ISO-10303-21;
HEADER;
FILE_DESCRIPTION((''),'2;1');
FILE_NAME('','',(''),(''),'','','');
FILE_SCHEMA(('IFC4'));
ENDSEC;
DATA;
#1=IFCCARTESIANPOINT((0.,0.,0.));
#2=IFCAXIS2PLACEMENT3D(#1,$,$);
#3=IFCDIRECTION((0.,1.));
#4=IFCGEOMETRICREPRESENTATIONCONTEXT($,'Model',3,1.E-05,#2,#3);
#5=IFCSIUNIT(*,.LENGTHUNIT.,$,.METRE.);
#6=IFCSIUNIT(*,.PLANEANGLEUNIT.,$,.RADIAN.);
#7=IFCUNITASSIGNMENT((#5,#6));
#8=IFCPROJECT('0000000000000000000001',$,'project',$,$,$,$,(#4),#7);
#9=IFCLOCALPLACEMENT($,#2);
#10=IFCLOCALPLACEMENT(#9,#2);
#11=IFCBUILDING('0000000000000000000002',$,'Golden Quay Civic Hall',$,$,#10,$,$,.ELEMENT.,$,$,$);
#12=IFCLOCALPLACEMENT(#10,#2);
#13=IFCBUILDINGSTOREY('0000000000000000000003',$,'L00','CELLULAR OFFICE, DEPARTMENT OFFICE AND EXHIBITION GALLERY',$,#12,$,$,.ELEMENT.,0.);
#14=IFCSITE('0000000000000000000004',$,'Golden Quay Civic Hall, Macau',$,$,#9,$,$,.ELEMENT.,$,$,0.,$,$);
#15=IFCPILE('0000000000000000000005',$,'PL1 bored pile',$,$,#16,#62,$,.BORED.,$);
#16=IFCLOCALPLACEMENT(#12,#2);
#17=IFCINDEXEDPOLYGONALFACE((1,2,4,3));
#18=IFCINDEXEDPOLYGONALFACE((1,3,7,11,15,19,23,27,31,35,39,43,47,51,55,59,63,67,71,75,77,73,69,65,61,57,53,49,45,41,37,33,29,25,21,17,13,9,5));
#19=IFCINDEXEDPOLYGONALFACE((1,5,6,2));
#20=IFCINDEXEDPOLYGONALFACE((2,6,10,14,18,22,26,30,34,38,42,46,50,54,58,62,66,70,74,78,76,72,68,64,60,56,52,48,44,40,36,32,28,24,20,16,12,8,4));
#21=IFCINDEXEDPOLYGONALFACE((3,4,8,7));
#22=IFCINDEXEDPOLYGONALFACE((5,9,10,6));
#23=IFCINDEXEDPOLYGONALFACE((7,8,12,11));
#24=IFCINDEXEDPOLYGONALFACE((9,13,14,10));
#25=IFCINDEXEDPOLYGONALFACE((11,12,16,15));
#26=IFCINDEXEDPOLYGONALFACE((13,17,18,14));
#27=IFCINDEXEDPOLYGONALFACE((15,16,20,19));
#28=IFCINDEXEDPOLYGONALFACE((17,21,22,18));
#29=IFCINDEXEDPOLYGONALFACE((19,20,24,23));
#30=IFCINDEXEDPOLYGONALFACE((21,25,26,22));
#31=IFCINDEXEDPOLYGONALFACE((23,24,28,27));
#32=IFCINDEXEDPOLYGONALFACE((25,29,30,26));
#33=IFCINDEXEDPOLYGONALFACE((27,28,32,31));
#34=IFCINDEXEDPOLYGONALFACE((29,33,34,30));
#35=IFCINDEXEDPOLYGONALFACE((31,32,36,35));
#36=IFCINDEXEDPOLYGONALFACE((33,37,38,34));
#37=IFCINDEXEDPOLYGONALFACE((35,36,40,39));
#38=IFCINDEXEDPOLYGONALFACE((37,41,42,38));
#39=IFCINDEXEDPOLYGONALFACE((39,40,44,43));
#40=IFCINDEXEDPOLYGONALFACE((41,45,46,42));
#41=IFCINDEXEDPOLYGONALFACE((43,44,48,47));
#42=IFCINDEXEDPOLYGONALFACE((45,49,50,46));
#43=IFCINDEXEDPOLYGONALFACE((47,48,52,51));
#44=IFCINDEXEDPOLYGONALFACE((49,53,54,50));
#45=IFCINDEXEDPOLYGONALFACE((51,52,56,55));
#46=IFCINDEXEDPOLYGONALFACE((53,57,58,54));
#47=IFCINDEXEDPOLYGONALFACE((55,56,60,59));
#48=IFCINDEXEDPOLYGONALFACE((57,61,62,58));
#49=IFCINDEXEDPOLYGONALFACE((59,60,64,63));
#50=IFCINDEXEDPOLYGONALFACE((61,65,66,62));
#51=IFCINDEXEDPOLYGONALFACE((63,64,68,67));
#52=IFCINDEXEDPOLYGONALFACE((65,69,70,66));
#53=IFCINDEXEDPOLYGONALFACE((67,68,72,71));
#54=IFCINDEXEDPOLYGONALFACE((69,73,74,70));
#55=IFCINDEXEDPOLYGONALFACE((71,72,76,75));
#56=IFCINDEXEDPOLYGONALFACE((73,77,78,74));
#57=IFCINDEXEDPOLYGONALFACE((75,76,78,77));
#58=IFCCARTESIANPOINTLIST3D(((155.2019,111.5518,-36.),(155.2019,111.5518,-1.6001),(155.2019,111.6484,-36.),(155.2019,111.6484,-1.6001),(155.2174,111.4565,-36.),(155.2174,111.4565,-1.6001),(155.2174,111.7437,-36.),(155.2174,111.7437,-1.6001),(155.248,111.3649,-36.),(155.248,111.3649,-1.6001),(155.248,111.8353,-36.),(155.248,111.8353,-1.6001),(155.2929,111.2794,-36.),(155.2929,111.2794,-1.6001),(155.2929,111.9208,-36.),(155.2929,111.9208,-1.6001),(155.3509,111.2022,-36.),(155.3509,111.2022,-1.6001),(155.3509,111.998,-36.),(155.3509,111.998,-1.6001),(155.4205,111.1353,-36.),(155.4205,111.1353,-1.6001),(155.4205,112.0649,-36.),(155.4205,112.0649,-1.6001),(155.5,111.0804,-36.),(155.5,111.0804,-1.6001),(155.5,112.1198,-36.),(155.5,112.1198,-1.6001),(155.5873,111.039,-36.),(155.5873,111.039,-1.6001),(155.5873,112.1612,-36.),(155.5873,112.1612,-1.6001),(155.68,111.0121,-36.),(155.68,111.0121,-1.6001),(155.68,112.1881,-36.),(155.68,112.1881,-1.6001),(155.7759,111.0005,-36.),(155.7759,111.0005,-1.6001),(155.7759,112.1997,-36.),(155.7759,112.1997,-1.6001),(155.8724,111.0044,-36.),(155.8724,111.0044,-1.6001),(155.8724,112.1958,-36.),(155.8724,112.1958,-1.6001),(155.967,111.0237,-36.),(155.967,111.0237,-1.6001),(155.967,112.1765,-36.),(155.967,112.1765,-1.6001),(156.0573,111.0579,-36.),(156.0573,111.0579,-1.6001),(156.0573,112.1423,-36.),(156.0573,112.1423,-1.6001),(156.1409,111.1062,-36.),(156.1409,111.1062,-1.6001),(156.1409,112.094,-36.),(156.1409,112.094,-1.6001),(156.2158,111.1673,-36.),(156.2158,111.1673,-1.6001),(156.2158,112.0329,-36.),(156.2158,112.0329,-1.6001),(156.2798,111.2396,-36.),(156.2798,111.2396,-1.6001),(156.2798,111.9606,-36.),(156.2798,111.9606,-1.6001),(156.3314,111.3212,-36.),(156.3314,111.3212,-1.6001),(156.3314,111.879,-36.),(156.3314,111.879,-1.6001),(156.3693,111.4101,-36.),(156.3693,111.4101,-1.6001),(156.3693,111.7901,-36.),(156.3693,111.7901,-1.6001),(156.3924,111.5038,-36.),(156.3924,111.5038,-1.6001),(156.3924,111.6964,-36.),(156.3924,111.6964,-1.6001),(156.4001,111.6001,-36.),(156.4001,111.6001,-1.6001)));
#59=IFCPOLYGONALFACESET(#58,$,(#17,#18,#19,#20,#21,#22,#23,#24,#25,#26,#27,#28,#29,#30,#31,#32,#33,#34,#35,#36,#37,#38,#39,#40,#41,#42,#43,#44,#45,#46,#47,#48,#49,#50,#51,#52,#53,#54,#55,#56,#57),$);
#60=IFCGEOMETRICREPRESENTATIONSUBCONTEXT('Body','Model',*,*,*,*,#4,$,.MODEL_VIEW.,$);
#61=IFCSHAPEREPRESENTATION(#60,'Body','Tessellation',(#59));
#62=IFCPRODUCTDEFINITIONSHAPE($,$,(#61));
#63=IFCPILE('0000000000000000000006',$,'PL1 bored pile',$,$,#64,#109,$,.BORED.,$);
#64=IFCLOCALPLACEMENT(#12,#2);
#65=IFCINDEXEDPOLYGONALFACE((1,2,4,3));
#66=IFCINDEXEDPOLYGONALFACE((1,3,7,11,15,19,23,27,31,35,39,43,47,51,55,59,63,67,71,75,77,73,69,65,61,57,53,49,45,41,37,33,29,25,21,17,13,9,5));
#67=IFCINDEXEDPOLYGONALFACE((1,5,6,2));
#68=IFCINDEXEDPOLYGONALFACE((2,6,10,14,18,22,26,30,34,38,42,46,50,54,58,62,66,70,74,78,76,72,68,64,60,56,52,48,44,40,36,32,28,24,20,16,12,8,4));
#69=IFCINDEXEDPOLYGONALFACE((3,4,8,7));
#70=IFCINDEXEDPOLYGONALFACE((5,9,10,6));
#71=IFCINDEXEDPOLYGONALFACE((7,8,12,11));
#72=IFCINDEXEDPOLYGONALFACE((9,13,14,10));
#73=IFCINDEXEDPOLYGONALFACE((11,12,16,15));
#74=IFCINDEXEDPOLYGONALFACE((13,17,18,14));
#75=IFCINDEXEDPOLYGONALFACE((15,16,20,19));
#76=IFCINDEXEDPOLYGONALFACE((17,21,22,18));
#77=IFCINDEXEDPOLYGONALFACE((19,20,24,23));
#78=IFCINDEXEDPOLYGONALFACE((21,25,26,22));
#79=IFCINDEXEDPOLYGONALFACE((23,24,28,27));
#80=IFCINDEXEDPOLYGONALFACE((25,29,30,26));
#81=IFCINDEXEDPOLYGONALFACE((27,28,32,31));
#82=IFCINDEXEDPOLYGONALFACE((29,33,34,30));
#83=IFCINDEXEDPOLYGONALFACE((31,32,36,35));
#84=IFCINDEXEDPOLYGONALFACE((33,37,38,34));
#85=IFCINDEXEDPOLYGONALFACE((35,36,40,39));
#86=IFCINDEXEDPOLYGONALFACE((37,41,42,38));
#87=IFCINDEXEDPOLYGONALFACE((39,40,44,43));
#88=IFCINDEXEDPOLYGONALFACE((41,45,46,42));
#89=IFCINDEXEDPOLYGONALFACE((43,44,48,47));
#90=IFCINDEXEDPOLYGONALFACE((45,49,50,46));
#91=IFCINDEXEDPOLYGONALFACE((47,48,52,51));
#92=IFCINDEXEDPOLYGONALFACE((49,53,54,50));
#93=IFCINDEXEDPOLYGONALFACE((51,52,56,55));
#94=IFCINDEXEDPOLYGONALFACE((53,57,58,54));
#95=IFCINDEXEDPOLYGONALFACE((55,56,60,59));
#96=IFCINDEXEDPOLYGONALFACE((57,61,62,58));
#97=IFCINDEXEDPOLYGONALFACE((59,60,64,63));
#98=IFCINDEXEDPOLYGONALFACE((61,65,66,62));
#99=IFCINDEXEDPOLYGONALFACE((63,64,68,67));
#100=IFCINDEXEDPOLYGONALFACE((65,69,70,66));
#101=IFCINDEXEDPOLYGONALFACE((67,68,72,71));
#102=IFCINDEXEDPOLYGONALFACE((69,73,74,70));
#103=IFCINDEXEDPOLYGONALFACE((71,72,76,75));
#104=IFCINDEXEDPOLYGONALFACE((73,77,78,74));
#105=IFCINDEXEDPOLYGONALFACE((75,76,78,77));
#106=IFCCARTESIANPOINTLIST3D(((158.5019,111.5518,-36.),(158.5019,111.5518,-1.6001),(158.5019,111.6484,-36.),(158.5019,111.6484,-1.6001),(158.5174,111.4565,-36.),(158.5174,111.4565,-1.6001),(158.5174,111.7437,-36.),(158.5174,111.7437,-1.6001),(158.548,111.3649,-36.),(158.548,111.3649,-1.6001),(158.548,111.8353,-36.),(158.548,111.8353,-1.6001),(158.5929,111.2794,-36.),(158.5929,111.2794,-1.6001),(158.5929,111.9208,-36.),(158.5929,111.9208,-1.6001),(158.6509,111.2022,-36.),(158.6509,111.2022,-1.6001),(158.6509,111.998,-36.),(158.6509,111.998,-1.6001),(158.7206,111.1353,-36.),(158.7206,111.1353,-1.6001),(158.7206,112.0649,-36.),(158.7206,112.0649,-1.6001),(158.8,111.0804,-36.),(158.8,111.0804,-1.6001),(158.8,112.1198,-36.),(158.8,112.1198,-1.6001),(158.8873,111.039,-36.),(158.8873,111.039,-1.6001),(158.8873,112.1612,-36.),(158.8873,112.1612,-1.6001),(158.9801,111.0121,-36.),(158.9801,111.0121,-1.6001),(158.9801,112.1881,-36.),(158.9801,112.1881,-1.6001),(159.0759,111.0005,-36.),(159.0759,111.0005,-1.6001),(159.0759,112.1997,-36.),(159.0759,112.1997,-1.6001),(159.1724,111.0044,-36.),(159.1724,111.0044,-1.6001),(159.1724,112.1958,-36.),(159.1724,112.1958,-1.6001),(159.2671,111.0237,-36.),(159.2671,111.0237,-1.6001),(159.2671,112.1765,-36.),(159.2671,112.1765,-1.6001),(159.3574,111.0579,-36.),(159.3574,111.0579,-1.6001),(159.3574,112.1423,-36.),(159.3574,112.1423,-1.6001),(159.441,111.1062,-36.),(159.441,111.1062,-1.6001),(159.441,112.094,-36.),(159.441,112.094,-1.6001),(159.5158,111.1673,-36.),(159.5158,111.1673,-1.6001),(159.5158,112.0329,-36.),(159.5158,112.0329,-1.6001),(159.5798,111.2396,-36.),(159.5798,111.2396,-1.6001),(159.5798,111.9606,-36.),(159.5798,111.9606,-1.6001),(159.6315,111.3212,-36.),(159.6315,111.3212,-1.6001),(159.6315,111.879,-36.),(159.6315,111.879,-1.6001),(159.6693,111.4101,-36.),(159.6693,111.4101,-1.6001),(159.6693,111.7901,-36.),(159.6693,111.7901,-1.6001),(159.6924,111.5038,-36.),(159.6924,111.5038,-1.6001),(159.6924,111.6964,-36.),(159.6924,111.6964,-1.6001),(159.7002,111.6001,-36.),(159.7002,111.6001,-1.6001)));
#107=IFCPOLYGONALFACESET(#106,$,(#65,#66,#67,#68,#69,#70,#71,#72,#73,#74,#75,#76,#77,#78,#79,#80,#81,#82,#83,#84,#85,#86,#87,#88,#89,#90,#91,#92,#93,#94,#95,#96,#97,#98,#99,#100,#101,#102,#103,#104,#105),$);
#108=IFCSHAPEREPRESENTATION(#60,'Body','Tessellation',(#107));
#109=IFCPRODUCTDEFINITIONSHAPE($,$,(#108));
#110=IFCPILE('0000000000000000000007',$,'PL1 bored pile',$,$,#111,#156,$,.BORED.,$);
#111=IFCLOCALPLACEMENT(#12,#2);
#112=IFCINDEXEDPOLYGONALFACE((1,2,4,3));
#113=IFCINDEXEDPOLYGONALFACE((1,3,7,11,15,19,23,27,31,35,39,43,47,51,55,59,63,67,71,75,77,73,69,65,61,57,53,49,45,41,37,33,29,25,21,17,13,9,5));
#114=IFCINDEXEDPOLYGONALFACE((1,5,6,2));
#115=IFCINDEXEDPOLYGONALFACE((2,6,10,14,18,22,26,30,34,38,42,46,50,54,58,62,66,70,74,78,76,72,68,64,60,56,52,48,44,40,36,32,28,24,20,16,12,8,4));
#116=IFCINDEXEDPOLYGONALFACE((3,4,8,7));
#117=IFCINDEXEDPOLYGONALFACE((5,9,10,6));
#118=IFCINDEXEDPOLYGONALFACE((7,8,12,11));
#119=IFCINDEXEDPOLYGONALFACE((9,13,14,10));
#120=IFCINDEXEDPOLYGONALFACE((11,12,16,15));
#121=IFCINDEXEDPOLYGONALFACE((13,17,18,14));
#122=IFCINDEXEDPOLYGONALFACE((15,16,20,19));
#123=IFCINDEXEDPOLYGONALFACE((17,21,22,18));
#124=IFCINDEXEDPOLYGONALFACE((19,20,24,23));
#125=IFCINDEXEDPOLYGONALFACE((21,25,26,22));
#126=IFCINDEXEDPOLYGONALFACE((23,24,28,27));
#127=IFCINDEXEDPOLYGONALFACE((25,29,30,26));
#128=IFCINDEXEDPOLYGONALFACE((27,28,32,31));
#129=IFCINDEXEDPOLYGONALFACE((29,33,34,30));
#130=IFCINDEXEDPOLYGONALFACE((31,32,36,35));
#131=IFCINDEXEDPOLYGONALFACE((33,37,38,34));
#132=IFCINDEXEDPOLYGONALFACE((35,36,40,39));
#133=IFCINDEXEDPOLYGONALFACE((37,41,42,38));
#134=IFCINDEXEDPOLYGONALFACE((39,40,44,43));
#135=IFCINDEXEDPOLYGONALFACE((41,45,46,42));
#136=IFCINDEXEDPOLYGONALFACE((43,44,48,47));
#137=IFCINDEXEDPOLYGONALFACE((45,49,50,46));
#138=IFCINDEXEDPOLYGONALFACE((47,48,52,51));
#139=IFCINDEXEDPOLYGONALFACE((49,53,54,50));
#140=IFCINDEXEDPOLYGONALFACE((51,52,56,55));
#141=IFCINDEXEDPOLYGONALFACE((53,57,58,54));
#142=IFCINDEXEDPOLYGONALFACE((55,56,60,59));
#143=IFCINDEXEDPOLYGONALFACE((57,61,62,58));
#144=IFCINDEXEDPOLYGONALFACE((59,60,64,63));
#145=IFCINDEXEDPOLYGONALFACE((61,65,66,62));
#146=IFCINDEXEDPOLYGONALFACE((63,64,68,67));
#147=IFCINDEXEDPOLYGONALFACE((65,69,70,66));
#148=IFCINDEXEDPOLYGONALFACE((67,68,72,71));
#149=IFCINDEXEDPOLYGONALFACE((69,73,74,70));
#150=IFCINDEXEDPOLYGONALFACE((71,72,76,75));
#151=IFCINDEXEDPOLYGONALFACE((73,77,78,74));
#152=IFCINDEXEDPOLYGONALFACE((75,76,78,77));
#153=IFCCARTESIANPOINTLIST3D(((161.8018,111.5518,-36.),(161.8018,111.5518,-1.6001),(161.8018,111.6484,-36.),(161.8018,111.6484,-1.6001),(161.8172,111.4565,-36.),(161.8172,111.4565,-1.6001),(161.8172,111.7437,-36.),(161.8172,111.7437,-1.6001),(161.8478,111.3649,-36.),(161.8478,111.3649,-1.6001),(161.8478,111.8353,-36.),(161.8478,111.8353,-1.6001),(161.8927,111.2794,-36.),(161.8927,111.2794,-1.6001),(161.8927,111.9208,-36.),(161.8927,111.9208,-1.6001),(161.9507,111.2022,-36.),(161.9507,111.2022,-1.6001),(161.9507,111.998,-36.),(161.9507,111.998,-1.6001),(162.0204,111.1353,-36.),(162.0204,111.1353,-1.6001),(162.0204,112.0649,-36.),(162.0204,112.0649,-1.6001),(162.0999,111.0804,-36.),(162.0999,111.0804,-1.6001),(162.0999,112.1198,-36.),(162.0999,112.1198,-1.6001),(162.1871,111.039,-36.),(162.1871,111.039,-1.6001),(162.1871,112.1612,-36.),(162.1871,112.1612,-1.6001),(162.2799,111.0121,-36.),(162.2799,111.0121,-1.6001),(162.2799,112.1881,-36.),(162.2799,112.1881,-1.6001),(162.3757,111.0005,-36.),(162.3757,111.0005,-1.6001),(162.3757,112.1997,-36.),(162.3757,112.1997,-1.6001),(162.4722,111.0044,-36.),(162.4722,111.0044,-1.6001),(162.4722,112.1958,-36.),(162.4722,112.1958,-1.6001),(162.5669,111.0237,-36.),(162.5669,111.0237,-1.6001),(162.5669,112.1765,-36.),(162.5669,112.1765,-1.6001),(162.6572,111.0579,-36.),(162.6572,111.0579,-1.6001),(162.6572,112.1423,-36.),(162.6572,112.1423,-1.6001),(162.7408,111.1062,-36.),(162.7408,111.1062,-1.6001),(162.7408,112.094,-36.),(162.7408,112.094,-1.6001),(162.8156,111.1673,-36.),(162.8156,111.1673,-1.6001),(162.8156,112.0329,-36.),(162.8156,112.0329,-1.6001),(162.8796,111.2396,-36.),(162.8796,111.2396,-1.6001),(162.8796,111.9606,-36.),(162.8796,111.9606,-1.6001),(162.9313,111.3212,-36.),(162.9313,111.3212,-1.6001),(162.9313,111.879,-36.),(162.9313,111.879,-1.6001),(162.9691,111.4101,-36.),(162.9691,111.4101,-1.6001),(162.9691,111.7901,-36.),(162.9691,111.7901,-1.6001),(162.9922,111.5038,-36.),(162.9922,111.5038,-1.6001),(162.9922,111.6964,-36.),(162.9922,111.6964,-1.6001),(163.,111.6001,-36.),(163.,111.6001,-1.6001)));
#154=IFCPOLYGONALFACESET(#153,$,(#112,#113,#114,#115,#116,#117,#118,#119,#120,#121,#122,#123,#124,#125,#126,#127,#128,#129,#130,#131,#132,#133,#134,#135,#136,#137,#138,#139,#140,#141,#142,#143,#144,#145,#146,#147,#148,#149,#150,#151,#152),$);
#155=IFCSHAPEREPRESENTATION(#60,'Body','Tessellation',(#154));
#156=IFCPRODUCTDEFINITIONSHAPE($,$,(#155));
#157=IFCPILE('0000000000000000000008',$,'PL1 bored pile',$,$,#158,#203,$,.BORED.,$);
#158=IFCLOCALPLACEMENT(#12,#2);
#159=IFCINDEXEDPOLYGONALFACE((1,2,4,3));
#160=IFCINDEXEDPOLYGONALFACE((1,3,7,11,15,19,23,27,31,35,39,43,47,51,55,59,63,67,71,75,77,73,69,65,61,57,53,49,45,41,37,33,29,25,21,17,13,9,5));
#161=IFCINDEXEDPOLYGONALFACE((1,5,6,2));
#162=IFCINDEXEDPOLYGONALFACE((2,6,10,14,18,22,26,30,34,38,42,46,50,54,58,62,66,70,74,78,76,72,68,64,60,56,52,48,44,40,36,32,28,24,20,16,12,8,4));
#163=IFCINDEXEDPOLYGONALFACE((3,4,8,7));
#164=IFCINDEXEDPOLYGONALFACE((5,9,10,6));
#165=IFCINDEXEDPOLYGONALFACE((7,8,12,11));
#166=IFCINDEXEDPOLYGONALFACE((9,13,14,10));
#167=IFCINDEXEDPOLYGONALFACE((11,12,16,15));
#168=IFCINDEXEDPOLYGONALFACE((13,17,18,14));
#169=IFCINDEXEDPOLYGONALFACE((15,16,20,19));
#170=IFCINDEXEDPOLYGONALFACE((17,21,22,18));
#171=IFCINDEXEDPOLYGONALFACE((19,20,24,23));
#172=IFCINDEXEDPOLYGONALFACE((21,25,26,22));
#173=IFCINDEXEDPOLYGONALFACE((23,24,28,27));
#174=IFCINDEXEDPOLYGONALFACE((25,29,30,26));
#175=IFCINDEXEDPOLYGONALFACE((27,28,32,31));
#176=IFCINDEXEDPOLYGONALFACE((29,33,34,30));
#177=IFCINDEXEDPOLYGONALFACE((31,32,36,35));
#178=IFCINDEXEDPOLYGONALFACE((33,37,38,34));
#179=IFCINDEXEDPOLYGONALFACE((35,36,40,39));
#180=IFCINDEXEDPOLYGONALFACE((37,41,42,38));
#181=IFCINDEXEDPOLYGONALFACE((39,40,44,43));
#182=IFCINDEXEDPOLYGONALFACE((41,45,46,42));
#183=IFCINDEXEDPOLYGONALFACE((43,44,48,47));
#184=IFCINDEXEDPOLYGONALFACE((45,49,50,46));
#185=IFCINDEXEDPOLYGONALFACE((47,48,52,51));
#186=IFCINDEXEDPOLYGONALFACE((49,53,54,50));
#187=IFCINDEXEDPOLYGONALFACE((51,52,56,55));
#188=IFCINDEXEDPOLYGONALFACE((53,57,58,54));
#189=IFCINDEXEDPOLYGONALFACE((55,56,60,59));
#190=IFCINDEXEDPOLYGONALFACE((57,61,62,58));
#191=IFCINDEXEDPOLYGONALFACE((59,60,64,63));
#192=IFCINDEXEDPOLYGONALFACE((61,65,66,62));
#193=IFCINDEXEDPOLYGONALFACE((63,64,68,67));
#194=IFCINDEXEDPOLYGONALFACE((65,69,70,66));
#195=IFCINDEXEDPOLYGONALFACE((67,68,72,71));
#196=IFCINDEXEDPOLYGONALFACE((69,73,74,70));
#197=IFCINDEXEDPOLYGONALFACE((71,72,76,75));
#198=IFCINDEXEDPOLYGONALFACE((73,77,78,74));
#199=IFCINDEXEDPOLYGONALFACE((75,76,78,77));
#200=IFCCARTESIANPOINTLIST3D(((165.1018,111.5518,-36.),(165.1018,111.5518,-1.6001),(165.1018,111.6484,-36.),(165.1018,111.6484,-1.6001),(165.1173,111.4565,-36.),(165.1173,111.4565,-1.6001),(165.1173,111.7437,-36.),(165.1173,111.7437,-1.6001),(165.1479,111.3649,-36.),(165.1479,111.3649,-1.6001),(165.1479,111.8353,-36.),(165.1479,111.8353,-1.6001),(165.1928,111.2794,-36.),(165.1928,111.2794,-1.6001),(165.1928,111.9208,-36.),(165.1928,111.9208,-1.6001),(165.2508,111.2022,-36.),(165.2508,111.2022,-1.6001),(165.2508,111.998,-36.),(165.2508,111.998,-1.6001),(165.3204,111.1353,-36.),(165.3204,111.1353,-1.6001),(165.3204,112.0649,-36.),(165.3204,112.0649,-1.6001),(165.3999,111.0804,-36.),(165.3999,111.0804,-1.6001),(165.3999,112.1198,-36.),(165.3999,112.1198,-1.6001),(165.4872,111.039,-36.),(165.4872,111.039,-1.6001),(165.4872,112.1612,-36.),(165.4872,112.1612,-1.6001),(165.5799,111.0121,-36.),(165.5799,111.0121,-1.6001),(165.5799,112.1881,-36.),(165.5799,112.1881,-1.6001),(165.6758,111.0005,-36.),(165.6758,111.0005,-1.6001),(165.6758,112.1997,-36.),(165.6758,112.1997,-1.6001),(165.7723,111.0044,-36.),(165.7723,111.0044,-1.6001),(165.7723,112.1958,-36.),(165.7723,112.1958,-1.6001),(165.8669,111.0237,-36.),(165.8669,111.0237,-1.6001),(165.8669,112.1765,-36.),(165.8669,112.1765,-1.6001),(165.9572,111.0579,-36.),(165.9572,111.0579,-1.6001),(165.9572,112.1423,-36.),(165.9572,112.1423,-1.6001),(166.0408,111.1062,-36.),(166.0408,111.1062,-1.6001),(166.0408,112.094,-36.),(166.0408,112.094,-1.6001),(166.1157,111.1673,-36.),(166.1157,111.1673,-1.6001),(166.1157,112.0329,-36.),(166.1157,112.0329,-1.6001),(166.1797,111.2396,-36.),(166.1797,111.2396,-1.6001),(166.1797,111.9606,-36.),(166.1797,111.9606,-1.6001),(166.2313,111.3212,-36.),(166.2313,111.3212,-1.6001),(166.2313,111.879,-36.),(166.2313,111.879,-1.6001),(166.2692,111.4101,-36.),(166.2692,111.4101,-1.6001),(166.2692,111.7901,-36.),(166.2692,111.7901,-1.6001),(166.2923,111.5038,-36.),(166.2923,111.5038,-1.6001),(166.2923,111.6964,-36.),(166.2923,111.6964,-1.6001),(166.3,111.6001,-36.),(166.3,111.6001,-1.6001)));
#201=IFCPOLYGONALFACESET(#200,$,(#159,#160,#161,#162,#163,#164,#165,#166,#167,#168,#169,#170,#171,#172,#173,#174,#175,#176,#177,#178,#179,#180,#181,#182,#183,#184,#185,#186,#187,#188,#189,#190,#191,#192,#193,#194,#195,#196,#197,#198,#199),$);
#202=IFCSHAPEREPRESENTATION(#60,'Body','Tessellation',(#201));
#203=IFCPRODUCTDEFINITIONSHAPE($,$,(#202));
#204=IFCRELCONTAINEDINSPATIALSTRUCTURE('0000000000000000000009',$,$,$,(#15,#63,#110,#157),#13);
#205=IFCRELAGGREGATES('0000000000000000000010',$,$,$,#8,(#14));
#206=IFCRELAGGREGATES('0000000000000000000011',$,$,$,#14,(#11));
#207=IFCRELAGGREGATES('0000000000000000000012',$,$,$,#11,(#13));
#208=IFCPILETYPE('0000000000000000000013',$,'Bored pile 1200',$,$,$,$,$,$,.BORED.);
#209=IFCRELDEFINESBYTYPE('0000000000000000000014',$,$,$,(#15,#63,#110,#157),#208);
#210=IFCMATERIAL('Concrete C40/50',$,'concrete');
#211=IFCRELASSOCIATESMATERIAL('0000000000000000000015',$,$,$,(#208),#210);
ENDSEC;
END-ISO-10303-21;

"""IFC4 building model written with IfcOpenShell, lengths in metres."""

from ifc_helpers import new_model, si_unit, direction, frame, origin, origin_2d, place, context, subcontext, project, spatial, circle, extrude, material, material_profile, profile_set, type_object, element, save


model = new_model("IFC4")

# Units and contexts
model_context = context("Model", 3, precision=1e-05, world=origin(), true_north=direction((0.0, 1.0)))
body_context = subcontext(model_context, "Body", "Model", "MODEL_VIEW")
ifc_project = project(units=[si_unit("LENGTHUNIT", "METRE"), si_unit("PLANEANGLEUNIT", "RADIAN")], contexts=[model_context])

# Site, building, storey
site_placement = place(None, origin())
site = spatial("IfcSite", under=ifc_project, at=site_placement, Name="Golden Quay Civic Hall, Macau", CompositionType="ELEMENT", RefElevation=0.0)
building_placement = place(site_placement, origin())
building = spatial("IfcBuilding", under=site, at=building_placement, Name="Golden Quay Civic Hall", CompositionType="ELEMENT")
storey_placement = place(building_placement, origin())
storey = spatial("IfcBuildingStorey", under=building, at=storey_placement, Name="L00", Description="CELLULAR OFFICE, DEPARTMENT OFFICE AND EXHIBITION GALLERY", CompositionType="ELEMENT", Elevation=0.0)

# Piles
ifc_material_1 = material(Name="Concrete C40/50", Category="concrete")
ifc_material_profile_1 = material_profile(ifc_material_1, circle(Radius=0.6001, at=origin_2d()), Name="RC D1200")
ifc_profile_set_1 = profile_set([ifc_material_profile_1], Name="Concrete C40/50")
pile_type = type_object("IfcPileType", Name="Bored pile 1200", PredefinedType="BORED", material=ifc_profile_set_1)
for number, where, z_axis, x_axis, name in (
    (1, (155.8, 111.6001, -1.6001), (0.0, 0.0, -1.0), (1.0, 0.0, 0.0), "PL1 bored pile"),
    (2, (159.1001, 111.6001, -1.6001), (0.0, 0.0, -1.0), (1.0, 0.0, 0.0), "PL1 bored pile"),
    (3, (162.3999, 111.6001, -1.6001), (0.0, 0.0, -1.0), (1.0, 0.0, 0.0), "PL1 bored pile"),
    (4, (165.7, 111.6001, -1.6001), (0.0, 0.0, -1.0), (1.0, 0.0, 0.0), "PL1 bored pile"),
):
    element("IfcPile", number, at=place(storey_placement, frame(where, z_axis=z_axis, x_axis=x_axis)), inside=storey, type_object=pile_type, Name=name, PredefinedType="BORED", context=body_context, shape_type="SweptSolid", body=[
        extrude(circle(Radius=0.6001, at=origin_2d()), origin(), (0.0, 0.0, 1.0), 34.3999),
    ])

save(model, "model.ifc")
